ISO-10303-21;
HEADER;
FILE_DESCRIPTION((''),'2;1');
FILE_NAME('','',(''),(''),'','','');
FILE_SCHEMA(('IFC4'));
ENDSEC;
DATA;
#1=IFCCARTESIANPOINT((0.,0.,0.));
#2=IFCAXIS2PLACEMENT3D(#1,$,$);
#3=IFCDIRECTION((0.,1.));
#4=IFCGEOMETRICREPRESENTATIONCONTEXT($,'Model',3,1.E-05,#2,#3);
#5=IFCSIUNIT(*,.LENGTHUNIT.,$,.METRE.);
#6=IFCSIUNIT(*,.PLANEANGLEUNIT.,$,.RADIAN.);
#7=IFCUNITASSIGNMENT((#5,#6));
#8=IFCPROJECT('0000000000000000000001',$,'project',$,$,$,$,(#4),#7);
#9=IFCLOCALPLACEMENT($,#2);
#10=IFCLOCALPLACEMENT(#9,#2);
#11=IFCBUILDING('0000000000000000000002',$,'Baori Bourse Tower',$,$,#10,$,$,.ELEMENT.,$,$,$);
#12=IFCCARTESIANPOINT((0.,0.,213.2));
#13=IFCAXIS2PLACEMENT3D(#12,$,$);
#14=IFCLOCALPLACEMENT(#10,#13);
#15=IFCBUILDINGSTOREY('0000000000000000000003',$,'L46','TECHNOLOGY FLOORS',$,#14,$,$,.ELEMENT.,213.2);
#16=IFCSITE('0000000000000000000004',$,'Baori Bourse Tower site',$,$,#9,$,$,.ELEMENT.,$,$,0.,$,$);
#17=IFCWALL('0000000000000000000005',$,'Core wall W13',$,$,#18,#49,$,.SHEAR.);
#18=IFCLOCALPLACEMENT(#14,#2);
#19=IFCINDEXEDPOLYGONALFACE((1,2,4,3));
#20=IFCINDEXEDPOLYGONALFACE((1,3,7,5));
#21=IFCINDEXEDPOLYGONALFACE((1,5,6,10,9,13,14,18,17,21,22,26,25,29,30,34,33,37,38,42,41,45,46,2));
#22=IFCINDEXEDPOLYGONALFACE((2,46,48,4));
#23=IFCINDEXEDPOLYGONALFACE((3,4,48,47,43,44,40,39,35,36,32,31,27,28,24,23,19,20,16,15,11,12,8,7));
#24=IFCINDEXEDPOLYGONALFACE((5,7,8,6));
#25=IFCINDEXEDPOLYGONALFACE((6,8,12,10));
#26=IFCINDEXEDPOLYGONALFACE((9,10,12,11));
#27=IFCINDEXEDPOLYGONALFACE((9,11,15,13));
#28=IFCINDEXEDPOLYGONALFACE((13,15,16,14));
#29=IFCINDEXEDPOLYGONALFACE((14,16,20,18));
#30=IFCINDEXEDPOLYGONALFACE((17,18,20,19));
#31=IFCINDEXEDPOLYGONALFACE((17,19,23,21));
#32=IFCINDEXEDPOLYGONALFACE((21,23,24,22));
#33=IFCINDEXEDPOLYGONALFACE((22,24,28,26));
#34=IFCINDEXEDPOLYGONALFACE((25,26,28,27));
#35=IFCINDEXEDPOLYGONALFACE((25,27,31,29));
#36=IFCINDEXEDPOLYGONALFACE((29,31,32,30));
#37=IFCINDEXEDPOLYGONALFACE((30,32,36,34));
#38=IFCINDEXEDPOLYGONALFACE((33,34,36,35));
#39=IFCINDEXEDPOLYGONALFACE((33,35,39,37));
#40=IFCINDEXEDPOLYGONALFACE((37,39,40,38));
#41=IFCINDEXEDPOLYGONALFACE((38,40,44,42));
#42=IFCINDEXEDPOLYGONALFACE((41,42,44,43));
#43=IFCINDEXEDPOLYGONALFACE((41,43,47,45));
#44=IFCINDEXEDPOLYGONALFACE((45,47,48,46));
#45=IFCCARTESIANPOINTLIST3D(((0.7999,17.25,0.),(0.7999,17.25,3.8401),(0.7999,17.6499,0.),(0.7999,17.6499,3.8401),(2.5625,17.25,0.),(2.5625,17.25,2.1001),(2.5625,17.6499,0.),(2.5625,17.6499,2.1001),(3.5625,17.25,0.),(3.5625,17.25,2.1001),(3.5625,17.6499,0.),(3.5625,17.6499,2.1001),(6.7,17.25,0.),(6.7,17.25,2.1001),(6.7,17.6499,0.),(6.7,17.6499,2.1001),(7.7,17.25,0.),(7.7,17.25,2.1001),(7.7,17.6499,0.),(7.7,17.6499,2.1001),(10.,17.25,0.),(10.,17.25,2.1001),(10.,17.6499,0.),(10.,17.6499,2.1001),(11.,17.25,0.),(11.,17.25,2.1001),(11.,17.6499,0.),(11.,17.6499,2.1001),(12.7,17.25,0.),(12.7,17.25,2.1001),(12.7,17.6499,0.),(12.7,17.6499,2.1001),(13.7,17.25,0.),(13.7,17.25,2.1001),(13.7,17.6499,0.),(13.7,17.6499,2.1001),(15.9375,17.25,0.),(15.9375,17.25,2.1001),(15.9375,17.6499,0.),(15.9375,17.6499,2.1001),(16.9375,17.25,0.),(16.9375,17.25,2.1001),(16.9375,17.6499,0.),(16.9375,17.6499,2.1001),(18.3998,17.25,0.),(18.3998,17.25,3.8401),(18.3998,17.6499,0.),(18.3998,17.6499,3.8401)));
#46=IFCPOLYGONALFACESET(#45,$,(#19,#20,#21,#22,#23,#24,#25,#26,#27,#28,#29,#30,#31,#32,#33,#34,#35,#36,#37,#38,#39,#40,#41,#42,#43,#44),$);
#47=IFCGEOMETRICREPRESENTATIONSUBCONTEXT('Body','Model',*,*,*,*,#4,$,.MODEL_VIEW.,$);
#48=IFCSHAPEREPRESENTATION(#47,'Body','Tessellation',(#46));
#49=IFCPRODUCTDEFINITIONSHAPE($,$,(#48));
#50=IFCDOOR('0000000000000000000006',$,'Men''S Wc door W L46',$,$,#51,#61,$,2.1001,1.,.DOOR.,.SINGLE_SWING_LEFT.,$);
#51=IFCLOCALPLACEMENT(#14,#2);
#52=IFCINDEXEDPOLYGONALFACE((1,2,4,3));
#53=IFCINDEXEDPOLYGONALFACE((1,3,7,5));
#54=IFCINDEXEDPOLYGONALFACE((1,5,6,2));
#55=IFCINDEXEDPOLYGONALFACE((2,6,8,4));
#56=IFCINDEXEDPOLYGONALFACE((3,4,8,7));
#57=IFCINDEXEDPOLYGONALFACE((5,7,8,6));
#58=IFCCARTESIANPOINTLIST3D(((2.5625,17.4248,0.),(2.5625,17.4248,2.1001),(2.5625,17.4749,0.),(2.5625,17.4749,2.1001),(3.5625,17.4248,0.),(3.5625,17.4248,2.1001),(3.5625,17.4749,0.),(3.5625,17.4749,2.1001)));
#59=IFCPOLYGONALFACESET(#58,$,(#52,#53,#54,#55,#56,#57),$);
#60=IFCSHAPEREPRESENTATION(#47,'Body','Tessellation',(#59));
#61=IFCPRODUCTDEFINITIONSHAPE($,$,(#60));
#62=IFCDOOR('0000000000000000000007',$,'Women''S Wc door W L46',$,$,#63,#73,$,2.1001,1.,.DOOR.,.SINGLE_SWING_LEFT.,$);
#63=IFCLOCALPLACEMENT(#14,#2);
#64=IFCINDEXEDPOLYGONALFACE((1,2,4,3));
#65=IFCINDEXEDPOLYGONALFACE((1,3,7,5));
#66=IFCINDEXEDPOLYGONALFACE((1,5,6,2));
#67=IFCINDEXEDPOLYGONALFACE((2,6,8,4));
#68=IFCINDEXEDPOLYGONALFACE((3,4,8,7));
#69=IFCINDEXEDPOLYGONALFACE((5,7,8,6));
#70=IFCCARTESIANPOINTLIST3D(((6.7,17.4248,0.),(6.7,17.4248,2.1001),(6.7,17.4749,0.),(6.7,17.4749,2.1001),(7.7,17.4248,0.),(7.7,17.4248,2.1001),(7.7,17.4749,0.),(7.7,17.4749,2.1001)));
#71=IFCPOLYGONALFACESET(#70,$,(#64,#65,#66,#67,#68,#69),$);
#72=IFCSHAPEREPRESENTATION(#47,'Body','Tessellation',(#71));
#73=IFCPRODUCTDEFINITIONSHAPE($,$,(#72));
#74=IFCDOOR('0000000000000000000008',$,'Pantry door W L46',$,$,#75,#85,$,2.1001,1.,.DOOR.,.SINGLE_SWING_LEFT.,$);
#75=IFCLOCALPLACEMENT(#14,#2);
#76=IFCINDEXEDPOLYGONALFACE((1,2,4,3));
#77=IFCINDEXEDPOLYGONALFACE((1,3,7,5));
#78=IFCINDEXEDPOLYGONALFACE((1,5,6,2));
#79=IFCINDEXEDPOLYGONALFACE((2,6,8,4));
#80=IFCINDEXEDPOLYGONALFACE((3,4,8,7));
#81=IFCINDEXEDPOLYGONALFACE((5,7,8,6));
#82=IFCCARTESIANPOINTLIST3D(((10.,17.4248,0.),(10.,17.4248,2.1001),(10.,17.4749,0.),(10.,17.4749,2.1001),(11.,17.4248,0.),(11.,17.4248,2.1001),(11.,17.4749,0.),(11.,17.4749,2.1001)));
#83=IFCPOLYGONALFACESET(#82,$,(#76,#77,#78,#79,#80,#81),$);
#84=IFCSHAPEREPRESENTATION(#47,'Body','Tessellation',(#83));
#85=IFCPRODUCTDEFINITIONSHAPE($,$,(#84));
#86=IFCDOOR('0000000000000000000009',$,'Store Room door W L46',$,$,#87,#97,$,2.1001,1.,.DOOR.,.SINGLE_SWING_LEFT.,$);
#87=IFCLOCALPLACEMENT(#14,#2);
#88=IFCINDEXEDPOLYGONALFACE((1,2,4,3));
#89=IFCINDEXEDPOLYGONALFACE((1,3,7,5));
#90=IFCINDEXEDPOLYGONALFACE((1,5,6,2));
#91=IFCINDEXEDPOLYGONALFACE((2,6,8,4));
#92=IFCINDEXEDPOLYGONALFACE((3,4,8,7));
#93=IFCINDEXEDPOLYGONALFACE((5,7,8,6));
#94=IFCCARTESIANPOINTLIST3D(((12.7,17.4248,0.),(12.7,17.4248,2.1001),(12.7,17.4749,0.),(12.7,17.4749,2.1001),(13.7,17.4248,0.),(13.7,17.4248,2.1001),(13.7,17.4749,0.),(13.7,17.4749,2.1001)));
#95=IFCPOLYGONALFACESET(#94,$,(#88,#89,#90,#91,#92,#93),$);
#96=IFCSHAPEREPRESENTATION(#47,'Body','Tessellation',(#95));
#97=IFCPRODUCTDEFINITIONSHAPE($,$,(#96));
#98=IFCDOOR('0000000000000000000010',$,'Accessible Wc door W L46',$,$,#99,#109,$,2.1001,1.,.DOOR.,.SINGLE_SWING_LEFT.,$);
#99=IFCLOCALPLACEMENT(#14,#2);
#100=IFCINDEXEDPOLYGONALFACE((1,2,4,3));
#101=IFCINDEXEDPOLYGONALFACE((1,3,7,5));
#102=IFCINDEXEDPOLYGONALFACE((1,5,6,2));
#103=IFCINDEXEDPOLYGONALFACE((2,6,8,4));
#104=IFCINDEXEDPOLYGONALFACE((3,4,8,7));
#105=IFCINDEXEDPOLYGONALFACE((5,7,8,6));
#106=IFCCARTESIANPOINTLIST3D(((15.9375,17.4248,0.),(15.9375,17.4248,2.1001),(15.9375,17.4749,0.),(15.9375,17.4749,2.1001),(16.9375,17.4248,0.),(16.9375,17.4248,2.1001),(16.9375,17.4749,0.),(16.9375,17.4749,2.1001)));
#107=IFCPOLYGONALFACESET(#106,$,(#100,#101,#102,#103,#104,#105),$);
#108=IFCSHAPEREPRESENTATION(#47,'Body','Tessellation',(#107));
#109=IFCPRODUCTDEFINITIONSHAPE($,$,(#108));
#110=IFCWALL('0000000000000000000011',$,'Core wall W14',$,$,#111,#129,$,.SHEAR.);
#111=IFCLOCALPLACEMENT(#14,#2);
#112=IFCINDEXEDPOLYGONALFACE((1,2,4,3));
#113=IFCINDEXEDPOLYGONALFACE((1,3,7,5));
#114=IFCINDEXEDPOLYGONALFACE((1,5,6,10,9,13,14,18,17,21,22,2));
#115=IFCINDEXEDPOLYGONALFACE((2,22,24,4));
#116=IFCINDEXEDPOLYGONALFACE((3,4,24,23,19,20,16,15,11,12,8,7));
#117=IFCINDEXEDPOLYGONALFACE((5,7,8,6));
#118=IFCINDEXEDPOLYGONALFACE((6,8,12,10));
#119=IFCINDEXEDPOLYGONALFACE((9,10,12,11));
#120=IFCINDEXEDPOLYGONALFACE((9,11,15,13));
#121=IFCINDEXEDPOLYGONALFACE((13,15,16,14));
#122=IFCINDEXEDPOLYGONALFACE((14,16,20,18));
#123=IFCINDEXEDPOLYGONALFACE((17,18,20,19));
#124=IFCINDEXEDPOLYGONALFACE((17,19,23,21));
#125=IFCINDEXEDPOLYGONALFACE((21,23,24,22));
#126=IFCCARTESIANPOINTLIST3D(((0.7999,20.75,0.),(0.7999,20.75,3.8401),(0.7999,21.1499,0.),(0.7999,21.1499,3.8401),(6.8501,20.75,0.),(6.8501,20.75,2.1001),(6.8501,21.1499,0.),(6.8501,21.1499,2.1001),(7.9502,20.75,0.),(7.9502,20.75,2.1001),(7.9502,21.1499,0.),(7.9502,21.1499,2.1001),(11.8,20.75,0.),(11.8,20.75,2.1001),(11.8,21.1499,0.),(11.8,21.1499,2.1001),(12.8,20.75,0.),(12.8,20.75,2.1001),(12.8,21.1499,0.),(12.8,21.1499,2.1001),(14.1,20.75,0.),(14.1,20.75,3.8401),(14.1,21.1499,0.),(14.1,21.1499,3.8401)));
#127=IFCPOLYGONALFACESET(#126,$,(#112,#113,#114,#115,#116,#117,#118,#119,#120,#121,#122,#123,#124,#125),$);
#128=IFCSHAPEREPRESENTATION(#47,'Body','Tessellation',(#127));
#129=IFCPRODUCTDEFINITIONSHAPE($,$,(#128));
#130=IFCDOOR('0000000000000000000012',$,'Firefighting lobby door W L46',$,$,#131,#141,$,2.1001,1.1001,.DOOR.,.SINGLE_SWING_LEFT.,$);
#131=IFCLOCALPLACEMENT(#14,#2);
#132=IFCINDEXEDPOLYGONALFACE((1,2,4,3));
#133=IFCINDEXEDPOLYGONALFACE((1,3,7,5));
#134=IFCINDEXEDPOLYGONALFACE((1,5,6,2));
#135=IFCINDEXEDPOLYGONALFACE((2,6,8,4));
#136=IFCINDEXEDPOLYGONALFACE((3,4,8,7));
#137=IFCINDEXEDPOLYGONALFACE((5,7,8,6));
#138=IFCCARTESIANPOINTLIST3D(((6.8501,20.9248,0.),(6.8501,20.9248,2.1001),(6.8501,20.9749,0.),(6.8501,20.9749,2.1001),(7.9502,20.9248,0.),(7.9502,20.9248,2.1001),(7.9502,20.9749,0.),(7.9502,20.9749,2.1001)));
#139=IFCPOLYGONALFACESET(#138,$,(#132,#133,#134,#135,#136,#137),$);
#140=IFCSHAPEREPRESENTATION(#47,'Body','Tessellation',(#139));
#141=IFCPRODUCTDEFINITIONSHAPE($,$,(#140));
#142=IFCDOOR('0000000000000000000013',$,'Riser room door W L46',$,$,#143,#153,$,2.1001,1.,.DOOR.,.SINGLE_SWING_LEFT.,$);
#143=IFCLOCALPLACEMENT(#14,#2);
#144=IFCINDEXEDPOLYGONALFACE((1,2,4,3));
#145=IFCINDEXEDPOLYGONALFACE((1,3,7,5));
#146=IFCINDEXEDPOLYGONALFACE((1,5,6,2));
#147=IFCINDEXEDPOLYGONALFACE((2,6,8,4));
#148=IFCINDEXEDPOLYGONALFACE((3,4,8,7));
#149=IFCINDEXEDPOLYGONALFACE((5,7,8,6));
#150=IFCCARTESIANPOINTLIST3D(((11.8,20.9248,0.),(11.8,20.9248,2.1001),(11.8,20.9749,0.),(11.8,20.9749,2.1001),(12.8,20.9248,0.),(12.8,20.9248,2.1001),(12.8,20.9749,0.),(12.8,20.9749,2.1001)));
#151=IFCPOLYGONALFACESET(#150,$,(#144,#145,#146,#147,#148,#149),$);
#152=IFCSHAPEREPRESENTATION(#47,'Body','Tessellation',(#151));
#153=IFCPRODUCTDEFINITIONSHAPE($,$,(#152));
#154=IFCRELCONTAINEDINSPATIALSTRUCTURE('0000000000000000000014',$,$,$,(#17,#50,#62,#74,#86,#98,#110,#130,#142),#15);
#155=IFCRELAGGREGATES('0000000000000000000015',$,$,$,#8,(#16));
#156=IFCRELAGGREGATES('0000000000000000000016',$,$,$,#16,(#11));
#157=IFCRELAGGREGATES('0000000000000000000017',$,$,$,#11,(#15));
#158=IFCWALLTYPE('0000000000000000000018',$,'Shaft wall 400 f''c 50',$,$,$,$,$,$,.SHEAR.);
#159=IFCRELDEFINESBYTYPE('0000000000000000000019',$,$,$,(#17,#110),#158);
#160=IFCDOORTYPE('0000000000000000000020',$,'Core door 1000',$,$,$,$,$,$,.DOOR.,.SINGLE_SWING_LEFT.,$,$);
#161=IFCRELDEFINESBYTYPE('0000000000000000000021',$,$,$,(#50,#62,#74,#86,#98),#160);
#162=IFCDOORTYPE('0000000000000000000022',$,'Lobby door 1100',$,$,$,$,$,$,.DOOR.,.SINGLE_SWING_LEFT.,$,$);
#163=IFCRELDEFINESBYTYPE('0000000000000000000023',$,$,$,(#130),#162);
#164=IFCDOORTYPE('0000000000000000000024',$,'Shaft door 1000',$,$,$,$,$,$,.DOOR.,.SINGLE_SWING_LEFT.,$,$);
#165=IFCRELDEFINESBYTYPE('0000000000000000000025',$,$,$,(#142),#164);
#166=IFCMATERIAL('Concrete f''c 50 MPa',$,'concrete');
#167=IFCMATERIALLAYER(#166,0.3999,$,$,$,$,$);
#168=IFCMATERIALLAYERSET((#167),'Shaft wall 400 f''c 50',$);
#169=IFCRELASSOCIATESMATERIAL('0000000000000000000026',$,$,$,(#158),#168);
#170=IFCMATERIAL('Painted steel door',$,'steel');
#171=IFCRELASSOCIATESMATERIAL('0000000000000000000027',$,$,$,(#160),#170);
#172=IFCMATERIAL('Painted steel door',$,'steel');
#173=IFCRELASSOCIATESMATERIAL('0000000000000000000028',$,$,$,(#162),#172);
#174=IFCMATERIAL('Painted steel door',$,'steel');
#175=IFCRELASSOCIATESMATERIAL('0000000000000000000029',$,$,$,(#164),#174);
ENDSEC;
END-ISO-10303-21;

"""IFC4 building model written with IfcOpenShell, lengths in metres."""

from ifc_helpers import new_model, si_unit, direction, frame, frame_2d, origin, place, context, subcontext, project, spatial, rectangle, extrude, material, layer, layer_set, type_object, element, fill, save


model = new_model("IFC4")

# Units and contexts
model_context = context("Model", 3, precision=1e-05, world=origin(), true_north=direction((0.0, 1.0)))
body_context = subcontext(model_context, "Body", "Model", "MODEL_VIEW")
ifc_project = project(units=[si_unit("LENGTHUNIT", "METRE"), si_unit("PLANEANGLEUNIT", "RADIAN")], contexts=[model_context])

# Site, building, storey
site_placement = place(None, origin())
site = spatial("IfcSite", under=ifc_project, at=site_placement, Name="Baori Bourse Tower site", CompositionType="ELEMENT", RefElevation=0.0)
building_placement = place(site_placement, origin())
building = spatial("IfcBuilding", under=site, at=building_placement, Name="Baori Bourse Tower", CompositionType="ELEMENT")
storey_placement = place(building_placement, frame((0.0, 0.0, 213.2)))
storey = spatial("IfcBuildingStorey", under=building, at=storey_placement, Name="L46", Description="TECHNOLOGY FLOORS", CompositionType="ELEMENT", Elevation=213.2)

# Walls, openings, doors
ifc_material_1 = material(Name="Concrete f'c 50 MPa", Category="concrete")
ifc_layer_1 = layer(ifc_material_1, 0.3999)
ifc_layer_set_1 = layer_set([ifc_layer_1], Name="Shaft wall 400 f'c 50")
wall_type_1 = type_object("IfcWallType", Name="Shaft wall 400 f'c 50", PredefinedType="SHEAR", material=ifc_layer_set_1)
wall_1_placement = place(storey_placement, frame((0.8, 17.45, 0.0), z_axis=(0.0, 0.0, 1.0), x_axis=(1.0, 0.0, 0.0)))
wall_1 = element("IfcWall", 1, at=wall_1_placement, inside=storey, type_object=wall_type_1, Name="Core wall W13", PredefinedType="SHEAR", context=body_context, shape_type="SweptSolid", body=[
    extrude(rectangle(XDim=17.5999, YDim=0.3999, at=frame_2d((8.7998, 0.0))), origin(), (0.0, 0.0, 1.0), 3.8401),
])
opening_1_placement = place(wall_1_placement, frame((1.7625, 0.0, 0.0)))
opening_1 = element("IfcOpeningElement", 2, at=opening_1_placement, cuts=wall_1, PredefinedType="OPENING", context=body_context, shape_type="SweptSolid", body=[
    extrude(rectangle(XDim=1.0, YDim=2.1001, at=frame_2d((0.5, 1.05))), frame((0.0, 0.21, 0.0), z_axis=(0.0, -1.0, 0.0), x_axis=(1.0, 0.0, 0.0)), (0.0, 0.0, 1.0), 0.4199),
])
opening_2_placement = place(wall_1_placement, frame((5.8999, 0.0, 0.0)))
opening_2 = element("IfcOpeningElement", 3, at=opening_2_placement, cuts=wall_1, PredefinedType="OPENING", context=body_context, shape_type="SweptSolid", body=[
    extrude(rectangle(XDim=1.0, YDim=2.1001, at=frame_2d((0.5, 1.05))), frame((0.0, 0.21, 0.0), z_axis=(0.0, -1.0, 0.0), x_axis=(1.0, 0.0, 0.0)), (0.0, 0.0, 1.0), 0.4199),
])
opening_3_placement = place(wall_1_placement, frame((9.2, 0.0, 0.0)))
opening_3 = element("IfcOpeningElement", 4, at=opening_3_placement, cuts=wall_1, PredefinedType="OPENING", context=body_context, shape_type="SweptSolid", body=[
    extrude(rectangle(XDim=1.0, YDim=2.1001, at=frame_2d((0.5, 1.05))), frame((0.0, 0.21, 0.0), z_axis=(0.0, -1.0, 0.0), x_axis=(1.0, 0.0, 0.0)), (0.0, 0.0, 1.0), 0.4199),
])
opening_4_placement = place(wall_1_placement, frame((11.8999, 0.0, 0.0)))
opening_4 = element("IfcOpeningElement", 5, at=opening_4_placement, cuts=wall_1, PredefinedType="OPENING", context=body_context, shape_type="SweptSolid", body=[
    extrude(rectangle(XDim=1.0, YDim=2.1001, at=frame_2d((0.5, 1.05))), frame((0.0, 0.21, 0.0), z_axis=(0.0, -1.0, 0.0), x_axis=(1.0, 0.0, 0.0)), (0.0, 0.0, 1.0), 0.4199),
])
opening_5_placement = place(wall_1_placement, frame((15.1375, 0.0, 0.0)))
opening_5 = element("IfcOpeningElement", 6, at=opening_5_placement, cuts=wall_1, PredefinedType="OPENING", context=body_context, shape_type="SweptSolid", body=[
    extrude(rectangle(XDim=1.0, YDim=2.1001, at=frame_2d((0.5, 1.05))), frame((0.0, 0.21, 0.0), z_axis=(0.0, -1.0, 0.0), x_axis=(1.0, 0.0, 0.0)), (0.0, 0.0, 1.0), 0.4199),
])
ifc_material_2 = material(Name="Painted steel door", Category="steel")
door_type_1 = type_object("IfcDoorType", Name="Core door 1000", OperationType="SINGLE_SWING_LEFT", PredefinedType="DOOR", material=ifc_material_2)
door_1_placement = place(opening_1_placement, origin())
door_1 = element("IfcDoor", 7, at=door_1_placement, inside=storey, type_object=door_type_1, Name="Men'S Wc door W L46", OperationType="SINGLE_SWING_LEFT", OverallHeight=2.1001, OverallWidth=1.0, PredefinedType="DOOR", context=body_context, shape_type="SweptSolid", body=[
    extrude(rectangle(XDim=1.0, YDim=2.1001, at=frame_2d((0.5, 1.05))), frame((0.0, 0.0249, 0.0), z_axis=(0.0, -1.0, 0.0), x_axis=(1.0, 0.0, 0.0)), (0.0, 0.0, 1.0), 0.05),
])
fill(opening_1, door_1)
door_2_placement = place(opening_2_placement, origin())
door_2 = element("IfcDoor", 8, at=door_2_placement, inside=storey, type_object=door_type_1, Name="Women'S Wc door W L46", OperationType="SINGLE_SWING_LEFT", OverallHeight=2.1001, OverallWidth=1.0, PredefinedType="DOOR", context=body_context, shape_type="SweptSolid", body=[
    extrude(rectangle(XDim=1.0, YDim=2.1001, at=frame_2d((0.5, 1.05))), frame((0.0, 0.0249, 0.0), z_axis=(0.0, -1.0, 0.0), x_axis=(1.0, 0.0, 0.0)), (0.0, 0.0, 1.0), 0.05),
])
fill(opening_2, door_2)
door_3_placement = place(opening_3_placement, origin())
door_3 = element("IfcDoor", 9, at=door_3_placement, inside=storey, type_object=door_type_1, Name="Pantry door W L46", OperationType="SINGLE_SWING_LEFT", OverallHeight=2.1001, OverallWidth=1.0, PredefinedType="DOOR", context=body_context, shape_type="SweptSolid", body=[
    extrude(rectangle(XDim=1.0, YDim=2.1001, at=frame_2d((0.5, 1.05))), frame((0.0, 0.0249, 0.0), z_axis=(0.0, -1.0, 0.0), x_axis=(1.0, 0.0, 0.0)), (0.0, 0.0, 1.0), 0.05),
])
fill(opening_3, door_3)
door_4_placement = place(opening_4_placement, origin())
door_4 = element("IfcDoor", 10, at=door_4_placement, inside=storey, type_object=door_type_1, Name="Store Room door W L46", OperationType="SINGLE_SWING_LEFT", OverallHeight=2.1001, OverallWidth=1.0, PredefinedType="DOOR", context=body_context, shape_type="SweptSolid", body=[
    extrude(rectangle(XDim=1.0, YDim=2.1001, at=frame_2d((0.5, 1.05))), frame((0.0, 0.0249, 0.0), z_axis=(0.0, -1.0, 0.0), x_axis=(1.0, 0.0, 0.0)), (0.0, 0.0, 1.0), 0.05),
])
fill(opening_4, door_4)
door_5_placement = place(opening_5_placement, origin())
door_5 = element("IfcDoor", 11, at=door_5_placement, inside=storey, type_object=door_type_1, Name="Accessible Wc door W L46", OperationType="SINGLE_SWING_LEFT", OverallHeight=2.1001, OverallWidth=1.0, PredefinedType="DOOR", context=body_context, shape_type="SweptSolid", body=[
    extrude(rectangle(XDim=1.0, YDim=2.1001, at=frame_2d((0.5, 1.05))), frame((0.0, 0.0249, 0.0), z_axis=(0.0, -1.0, 0.0), x_axis=(1.0, 0.0, 0.0)), (0.0, 0.0, 1.0), 0.05),
])
fill(opening_5, door_5)
wall_2_placement = place(storey_placement, frame((0.8, 20.95, 0.0), z_axis=(0.0, 0.0, 1.0), x_axis=(1.0, 0.0, 0.0)))
wall_2 = element("IfcWall", 12, at=wall_2_placement, inside=storey, type_object=wall_type_1, Name="Core wall W14", PredefinedType="SHEAR", context=body_context, shape_type="SweptSolid", body=[
    extrude(rectangle(XDim=13.3, YDim=0.3999, at=frame_2d((6.6499, 0.0))), origin(), (0.0, 0.0, 1.0), 3.8401),
])
opening_6_placement = place(wall_2_placement, frame((6.05, 0.0, 0.0)))
opening_6 = element("IfcOpeningElement", 13, at=opening_6_placement, cuts=wall_2, PredefinedType="OPENING", context=body_context, shape_type="SweptSolid", body=[
    extrude(rectangle(XDim=1.1001, YDim=2.1001, at=frame_2d((0.55, 1.05))), frame((0.0, 0.21, 0.0), z_axis=(0.0, -1.0, 0.0), x_axis=(1.0, 0.0, 0.0)), (0.0, 0.0, 1.0), 0.4199),
])
opening_7_placement = place(wall_2_placement, frame((11.0, 0.0, 0.0)))
opening_7 = element("IfcOpeningElement", 14, at=opening_7_placement, cuts=wall_2, PredefinedType="OPENING", context=body_context, shape_type="SweptSolid", body=[
    extrude(rectangle(XDim=1.0, YDim=2.1001, at=frame_2d((0.5, 1.05))), frame((0.0, 0.21, 0.0), z_axis=(0.0, -1.0, 0.0), x_axis=(1.0, 0.0, 0.0)), (0.0, 0.0, 1.0), 0.4199),
])
ifc_material_3 = material(Name="Painted steel door", Category="steel")
door_type_2 = type_object("IfcDoorType", Name="Lobby door 1100", OperationType="SINGLE_SWING_LEFT", PredefinedType="DOOR", material=ifc_material_3)
door_6_placement = place(opening_6_placement, origin())
door_6 = element("IfcDoor", 15, at=door_6_placement, inside=storey, type_object=door_type_2, Name="Firefighting lobby door W L46", OperationType="SINGLE_SWING_LEFT", OverallHeight=2.1001, OverallWidth=1.1001, PredefinedType="DOOR", context=body_context, shape_type="SweptSolid", body=[
    extrude(rectangle(XDim=1.1001, YDim=2.1001, at=frame_2d((0.55, 1.05))), frame((0.0, 0.0249, 0.0), z_axis=(0.0, -1.0, 0.0), x_axis=(1.0, 0.0, 0.0)), (0.0, 0.0, 1.0), 0.05),
])
fill(opening_6, door_6)
ifc_material_4 = material(Name="Painted steel door", Category="steel")
door_type_3 = type_object("IfcDoorType", Name="Shaft door 1000", OperationType="SINGLE_SWING_LEFT", PredefinedType="DOOR", material=ifc_material_4)
door_7_placement = place(opening_7_placement, origin())
door_7 = element("IfcDoor", 16, at=door_7_placement, inside=storey, type_object=door_type_3, Name="Riser room door W L46", OperationType="SINGLE_SWING_LEFT", OverallHeight=2.1001, OverallWidth=1.0, PredefinedType="DOOR", context=body_context, shape_type="SweptSolid", body=[
    extrude(rectangle(XDim=1.0, YDim=2.1001, at=frame_2d((0.5, 1.05))), frame((0.0, 0.0249, 0.0), z_axis=(0.0, -1.0, 0.0), x_axis=(1.0, 0.0, 0.0)), (0.0, 0.0, 1.0), 0.05),
])
fill(opening_7, door_7)

save(model, "model.ifc")
